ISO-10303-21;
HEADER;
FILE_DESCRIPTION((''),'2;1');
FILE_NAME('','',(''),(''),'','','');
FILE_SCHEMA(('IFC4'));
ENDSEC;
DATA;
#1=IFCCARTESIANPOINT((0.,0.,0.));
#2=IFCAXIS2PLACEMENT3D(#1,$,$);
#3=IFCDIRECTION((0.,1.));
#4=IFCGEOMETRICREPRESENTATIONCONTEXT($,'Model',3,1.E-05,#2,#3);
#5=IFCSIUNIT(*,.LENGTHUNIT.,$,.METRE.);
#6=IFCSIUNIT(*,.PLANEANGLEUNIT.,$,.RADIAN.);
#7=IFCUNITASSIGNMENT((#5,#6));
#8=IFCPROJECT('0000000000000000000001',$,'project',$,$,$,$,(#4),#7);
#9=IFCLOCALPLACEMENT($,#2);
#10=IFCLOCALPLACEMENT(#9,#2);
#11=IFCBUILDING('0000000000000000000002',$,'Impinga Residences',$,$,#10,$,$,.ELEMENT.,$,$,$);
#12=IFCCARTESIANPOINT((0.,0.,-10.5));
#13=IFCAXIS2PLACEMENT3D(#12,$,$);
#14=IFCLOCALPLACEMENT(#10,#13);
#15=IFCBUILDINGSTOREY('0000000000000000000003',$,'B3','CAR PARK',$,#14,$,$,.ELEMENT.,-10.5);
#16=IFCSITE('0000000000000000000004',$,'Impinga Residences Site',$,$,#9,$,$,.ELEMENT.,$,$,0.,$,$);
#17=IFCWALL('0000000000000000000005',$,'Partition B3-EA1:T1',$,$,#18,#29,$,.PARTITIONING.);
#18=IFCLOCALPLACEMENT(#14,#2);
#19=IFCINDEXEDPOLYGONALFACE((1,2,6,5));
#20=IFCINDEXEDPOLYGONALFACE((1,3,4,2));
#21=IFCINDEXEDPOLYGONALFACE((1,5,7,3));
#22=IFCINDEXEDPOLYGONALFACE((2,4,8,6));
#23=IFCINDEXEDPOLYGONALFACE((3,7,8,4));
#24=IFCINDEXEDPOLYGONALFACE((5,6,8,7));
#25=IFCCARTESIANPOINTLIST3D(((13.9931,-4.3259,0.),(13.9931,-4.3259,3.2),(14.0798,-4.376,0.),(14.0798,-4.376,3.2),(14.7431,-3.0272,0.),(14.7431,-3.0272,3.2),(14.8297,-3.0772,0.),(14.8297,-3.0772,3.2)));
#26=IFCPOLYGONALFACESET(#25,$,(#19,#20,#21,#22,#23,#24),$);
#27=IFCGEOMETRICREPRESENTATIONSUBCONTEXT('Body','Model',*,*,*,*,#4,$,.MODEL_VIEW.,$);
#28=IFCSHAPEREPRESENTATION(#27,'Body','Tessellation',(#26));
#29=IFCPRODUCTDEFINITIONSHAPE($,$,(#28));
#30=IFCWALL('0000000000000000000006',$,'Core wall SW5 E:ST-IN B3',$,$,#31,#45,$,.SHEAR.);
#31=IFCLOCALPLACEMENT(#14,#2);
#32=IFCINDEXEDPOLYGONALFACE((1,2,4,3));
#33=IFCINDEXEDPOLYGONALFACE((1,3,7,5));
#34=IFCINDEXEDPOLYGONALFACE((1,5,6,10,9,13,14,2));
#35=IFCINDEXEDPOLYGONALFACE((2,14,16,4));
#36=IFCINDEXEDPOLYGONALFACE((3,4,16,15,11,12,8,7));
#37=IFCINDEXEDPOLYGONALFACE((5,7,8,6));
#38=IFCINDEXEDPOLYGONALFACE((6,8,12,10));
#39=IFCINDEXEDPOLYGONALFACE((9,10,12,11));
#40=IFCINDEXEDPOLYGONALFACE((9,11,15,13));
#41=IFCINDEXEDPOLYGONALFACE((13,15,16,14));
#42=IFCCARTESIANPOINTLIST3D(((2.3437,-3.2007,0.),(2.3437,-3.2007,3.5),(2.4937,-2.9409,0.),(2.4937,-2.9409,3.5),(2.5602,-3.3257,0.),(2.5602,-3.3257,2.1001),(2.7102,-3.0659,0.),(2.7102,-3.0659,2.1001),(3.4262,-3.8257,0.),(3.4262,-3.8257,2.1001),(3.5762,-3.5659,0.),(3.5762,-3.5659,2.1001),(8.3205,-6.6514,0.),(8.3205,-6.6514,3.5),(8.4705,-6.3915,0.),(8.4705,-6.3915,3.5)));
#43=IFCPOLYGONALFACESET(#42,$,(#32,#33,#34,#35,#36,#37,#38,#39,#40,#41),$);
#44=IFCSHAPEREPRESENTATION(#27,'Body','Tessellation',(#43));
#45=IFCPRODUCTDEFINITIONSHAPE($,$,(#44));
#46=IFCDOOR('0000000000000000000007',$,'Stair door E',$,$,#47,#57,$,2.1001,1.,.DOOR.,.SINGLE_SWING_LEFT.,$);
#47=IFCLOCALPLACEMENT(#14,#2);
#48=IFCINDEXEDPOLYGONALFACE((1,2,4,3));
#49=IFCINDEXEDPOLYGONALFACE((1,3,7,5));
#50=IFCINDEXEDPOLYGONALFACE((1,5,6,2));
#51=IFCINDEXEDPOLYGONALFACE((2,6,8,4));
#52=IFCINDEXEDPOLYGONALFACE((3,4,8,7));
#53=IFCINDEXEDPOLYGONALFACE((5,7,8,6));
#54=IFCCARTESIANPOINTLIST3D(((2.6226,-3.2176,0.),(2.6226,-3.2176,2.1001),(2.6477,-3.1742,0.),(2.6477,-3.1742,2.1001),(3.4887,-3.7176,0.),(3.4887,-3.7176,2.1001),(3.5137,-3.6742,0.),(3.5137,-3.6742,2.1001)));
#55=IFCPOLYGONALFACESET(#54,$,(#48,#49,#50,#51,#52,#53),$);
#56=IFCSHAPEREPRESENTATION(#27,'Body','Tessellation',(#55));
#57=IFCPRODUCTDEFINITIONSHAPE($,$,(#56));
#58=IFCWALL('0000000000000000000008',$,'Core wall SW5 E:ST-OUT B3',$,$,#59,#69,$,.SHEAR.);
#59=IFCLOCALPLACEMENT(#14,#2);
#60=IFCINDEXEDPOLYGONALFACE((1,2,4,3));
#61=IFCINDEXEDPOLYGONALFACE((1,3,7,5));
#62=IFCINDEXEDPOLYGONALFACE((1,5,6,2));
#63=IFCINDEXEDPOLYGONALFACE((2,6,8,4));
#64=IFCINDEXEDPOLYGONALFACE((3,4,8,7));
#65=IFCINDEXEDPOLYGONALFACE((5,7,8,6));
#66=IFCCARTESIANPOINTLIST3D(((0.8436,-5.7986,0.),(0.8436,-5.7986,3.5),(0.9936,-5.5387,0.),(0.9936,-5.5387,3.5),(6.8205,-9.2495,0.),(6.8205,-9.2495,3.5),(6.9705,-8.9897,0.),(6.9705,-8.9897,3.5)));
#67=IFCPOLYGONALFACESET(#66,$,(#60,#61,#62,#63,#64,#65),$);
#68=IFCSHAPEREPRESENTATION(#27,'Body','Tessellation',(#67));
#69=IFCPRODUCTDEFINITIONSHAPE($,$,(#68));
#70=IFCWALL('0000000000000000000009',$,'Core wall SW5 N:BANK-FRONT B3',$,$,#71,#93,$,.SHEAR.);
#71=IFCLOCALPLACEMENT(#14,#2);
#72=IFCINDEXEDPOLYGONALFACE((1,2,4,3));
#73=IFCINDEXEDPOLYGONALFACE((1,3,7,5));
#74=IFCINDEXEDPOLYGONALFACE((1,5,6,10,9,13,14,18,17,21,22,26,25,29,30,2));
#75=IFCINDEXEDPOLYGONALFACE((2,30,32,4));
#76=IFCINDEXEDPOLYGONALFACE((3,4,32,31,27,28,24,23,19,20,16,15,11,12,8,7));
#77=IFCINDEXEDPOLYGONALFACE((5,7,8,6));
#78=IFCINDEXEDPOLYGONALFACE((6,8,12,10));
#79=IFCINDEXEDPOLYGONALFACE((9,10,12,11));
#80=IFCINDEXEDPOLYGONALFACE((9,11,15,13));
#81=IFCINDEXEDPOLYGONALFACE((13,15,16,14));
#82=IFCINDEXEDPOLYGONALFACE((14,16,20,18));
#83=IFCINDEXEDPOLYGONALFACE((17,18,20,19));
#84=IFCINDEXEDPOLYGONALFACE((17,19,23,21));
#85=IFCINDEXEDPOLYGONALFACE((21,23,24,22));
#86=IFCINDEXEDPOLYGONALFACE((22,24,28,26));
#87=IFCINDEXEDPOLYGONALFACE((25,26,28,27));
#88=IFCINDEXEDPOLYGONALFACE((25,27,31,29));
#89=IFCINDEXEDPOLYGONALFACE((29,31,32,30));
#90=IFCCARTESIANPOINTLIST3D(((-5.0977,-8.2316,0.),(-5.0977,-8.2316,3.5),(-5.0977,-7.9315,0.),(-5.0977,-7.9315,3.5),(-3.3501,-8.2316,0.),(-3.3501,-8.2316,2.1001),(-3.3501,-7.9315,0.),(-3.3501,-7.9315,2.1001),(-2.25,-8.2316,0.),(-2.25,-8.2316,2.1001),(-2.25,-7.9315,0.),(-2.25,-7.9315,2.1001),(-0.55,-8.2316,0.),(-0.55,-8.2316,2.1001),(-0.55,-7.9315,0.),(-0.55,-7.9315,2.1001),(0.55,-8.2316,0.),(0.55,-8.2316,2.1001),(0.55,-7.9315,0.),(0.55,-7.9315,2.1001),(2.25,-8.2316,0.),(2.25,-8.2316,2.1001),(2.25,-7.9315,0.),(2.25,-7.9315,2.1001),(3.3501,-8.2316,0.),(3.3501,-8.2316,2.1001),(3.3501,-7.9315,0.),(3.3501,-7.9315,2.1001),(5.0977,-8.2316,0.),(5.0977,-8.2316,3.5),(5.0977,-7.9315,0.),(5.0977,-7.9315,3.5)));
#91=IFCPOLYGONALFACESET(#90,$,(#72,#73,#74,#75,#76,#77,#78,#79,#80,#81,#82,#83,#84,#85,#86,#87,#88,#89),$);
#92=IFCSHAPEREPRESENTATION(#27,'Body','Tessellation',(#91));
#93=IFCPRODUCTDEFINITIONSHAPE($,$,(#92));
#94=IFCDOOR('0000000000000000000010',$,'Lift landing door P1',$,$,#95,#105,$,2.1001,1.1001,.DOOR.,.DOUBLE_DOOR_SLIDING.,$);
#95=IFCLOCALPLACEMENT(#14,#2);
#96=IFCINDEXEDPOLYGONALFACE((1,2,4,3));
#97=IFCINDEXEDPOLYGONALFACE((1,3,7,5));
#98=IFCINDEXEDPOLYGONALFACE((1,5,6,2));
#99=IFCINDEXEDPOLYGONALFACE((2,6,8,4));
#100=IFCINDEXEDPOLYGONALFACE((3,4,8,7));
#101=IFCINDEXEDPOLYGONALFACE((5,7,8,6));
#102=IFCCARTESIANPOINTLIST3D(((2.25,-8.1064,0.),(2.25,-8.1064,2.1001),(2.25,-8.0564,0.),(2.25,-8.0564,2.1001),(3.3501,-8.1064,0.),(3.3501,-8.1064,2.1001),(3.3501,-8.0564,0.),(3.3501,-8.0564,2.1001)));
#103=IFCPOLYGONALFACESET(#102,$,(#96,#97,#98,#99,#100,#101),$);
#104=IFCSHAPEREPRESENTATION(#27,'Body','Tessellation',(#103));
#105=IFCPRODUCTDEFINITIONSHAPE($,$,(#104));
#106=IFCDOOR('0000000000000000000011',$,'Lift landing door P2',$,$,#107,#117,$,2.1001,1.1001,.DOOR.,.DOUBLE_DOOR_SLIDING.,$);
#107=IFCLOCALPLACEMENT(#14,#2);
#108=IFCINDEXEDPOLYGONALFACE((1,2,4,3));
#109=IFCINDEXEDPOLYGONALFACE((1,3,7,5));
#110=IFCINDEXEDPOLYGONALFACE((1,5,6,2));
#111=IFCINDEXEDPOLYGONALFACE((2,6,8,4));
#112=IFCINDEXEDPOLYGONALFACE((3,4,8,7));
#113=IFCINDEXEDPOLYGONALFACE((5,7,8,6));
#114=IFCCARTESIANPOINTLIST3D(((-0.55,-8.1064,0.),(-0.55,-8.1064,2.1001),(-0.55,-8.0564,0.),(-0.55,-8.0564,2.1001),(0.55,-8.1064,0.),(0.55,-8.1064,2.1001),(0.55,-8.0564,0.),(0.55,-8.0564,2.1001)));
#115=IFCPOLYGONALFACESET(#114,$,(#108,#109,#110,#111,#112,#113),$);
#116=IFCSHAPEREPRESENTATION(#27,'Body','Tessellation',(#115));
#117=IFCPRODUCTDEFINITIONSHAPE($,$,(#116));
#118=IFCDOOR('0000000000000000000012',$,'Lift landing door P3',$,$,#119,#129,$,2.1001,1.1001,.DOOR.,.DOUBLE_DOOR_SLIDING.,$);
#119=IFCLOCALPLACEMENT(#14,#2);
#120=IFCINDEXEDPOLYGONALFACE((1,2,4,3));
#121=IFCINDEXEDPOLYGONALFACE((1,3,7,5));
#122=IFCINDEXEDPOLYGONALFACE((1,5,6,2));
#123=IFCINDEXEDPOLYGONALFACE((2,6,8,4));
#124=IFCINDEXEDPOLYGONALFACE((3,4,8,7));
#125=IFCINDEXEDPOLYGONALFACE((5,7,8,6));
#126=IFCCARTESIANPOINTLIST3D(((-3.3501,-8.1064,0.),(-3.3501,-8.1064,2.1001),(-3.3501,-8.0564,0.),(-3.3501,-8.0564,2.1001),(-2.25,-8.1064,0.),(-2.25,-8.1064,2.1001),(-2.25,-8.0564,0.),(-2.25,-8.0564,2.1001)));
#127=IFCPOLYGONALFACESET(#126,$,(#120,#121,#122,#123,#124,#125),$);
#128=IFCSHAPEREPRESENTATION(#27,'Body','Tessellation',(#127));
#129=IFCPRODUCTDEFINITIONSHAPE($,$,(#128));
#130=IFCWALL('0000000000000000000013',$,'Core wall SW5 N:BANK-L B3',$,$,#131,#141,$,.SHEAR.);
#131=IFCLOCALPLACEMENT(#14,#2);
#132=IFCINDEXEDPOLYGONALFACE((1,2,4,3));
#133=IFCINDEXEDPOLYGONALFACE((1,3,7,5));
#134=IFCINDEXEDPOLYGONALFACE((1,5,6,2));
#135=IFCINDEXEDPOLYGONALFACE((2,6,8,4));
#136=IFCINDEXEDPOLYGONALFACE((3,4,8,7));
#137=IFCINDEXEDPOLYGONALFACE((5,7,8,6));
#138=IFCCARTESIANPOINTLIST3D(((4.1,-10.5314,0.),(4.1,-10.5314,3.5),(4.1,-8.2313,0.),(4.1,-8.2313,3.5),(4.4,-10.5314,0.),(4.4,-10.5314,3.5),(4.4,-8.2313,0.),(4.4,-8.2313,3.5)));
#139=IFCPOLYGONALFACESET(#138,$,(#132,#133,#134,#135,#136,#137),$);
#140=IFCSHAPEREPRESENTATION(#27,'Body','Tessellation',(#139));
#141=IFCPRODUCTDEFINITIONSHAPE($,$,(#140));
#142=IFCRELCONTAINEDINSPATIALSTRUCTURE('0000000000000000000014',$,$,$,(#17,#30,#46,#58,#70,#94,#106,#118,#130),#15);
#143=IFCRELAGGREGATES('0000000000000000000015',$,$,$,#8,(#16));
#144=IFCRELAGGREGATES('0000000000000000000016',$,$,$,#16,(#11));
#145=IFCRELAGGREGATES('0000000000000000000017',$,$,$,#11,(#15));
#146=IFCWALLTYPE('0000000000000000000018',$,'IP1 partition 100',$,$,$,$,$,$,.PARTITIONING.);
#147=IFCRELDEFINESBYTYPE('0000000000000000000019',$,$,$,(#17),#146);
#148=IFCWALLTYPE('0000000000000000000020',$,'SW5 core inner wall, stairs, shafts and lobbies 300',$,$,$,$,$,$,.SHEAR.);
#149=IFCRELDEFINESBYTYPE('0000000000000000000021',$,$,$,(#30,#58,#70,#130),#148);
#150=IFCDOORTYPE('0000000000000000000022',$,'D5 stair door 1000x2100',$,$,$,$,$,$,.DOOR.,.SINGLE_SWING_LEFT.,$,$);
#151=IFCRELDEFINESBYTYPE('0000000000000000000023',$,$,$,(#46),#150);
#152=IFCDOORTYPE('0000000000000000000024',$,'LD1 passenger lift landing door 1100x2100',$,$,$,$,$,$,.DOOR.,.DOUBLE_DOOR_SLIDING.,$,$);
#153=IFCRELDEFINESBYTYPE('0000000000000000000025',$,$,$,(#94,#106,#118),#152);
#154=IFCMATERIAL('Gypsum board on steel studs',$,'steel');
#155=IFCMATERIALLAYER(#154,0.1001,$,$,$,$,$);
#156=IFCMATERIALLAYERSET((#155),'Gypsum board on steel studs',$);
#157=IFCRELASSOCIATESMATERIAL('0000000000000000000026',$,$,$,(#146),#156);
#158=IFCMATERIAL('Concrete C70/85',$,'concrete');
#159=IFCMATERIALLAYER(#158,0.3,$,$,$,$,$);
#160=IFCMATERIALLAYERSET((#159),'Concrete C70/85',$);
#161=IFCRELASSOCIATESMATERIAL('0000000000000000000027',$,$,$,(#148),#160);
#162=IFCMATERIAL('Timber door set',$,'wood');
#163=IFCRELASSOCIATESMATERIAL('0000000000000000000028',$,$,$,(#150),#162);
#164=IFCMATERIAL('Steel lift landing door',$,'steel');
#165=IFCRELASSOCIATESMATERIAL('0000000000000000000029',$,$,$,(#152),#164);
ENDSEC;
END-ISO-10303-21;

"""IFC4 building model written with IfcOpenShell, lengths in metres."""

from ifc_helpers import new_model, si_unit, direction, frame, frame_2d, origin, place, context, subcontext, project, spatial, rectangle, extrude, material, layer, layer_set, type_object, element, fill, save


model = new_model("IFC4")

# Units and contexts
model_context = context("Model", 3, precision=1e-05, world=origin(), true_north=direction((0.0, 1.0)))
body_context = subcontext(model_context, "Body", "Model", "MODEL_VIEW")
ifc_project = project(units=[si_unit("LENGTHUNIT", "METRE"), si_unit("PLANEANGLEUNIT", "RADIAN")], contexts=[model_context])

# Site, building, storey
site_placement = place(None, origin())
site = spatial("IfcSite", under=ifc_project, at=site_placement, Name="Impinga Residences Site", CompositionType="ELEMENT", RefElevation=0.0)
building_placement = place(site_placement, origin())
building = spatial("IfcBuilding", under=site, at=building_placement, Name="Impinga Residences", CompositionType="ELEMENT")
storey_placement = place(building_placement, frame((0.0, 0.0, -10.5)))
storey = spatial("IfcBuildingStorey", under=building, at=storey_placement, Name="B3", Description="CAR PARK", CompositionType="ELEMENT", Elevation=-10.5)

# Shared definitions
ifc_material_1 = material(Name="Concrete C70/85", Category="concrete")
ifc_material_2 = material(Name="Timber door set", Category="wood")

# Wall
ifc_material_3 = material(Name="Gypsum board on steel studs", Category="steel")
ifc_layer_1 = layer(ifc_material_3, 0.1001)
ifc_layer_set_1 = layer_set([ifc_layer_1], Name="Gypsum board on steel studs")
wall_type_1 = type_object("IfcWallType", Name="IP1 partition 100", PredefinedType="PARTITIONING", material=ifc_layer_set_1)
wall_1_placement = place(storey_placement, frame((14.0364, -4.3511, 0.0), z_axis=(0.0, 0.0, 1.0), x_axis=(0.500061, 0.86599, 0.0)))
element("IfcWall", 1, at=wall_1_placement, inside=storey, type_object=wall_type_1, Name="Partition B3-EA1:T1", PredefinedType="PARTITIONING", context=body_context, shape_type="SweptSolid", body=[
    extrude(rectangle(XDim=1.4998, YDim=0.1001, at=frame_2d((0.75, 0.0))), origin(), (0.0, 0.0, 1.0), 3.2),
])

# Wall, opening, door
ifc_layer_2 = layer(ifc_material_1, 0.3)
ifc_layer_set_2 = layer_set([ifc_layer_2], Name="Concrete C70/85")
wall_type_2 = type_object("IfcWallType", Name="SW5 core inner wall, stairs, shafts and lobbies 300", PredefinedType="SHEAR", material=ifc_layer_set_2)
wall_2_placement = place(storey_placement, frame((2.4187, -3.0708, 0.0), z_axis=(0.0, 0.0, 1.0), x_axis=(0.866027, -0.499997, 0.0)))
wall_2 = element("IfcWall", 2, at=wall_2_placement, inside=storey, type_object=wall_type_2, Name="Core wall SW5 E:ST-IN B3", PredefinedType="SHEAR", context=body_context, shape_type="SweptSolid", body=[
    extrude(rectangle(XDim=6.9014, YDim=0.3, at=frame_2d((3.4507, 0.0))), origin(), (0.0, 0.0, 1.0), 3.5),
])
opening_1_placement = place(wall_2_placement, frame((0.25, 0.0, 0.0)))
opening_1 = element("IfcOpeningElement", 3, at=opening_1_placement, cuts=wall_2, PredefinedType="OPENING", context=body_context, shape_type="SweptSolid", body=[
    extrude(rectangle(XDim=1.0, YDim=2.1001, at=frame_2d((0.5, 1.05))), frame((0.0, 0.1599, 0.0), z_axis=(0.0, -1.0, 0.0), x_axis=(1.0, 0.0, 0.0)), (0.0, 0.0, 1.0), 0.3201),
])
door_type_1 = type_object("IfcDoorType", Name="D5 stair door 1000x2100", OperationType="SINGLE_SWING_LEFT", PredefinedType="DOOR", material=ifc_material_2)
door_1_placement = place(opening_1_placement, origin())
door_1 = element("IfcDoor", 4, at=door_1_placement, inside=storey, type_object=door_type_1, Name="Stair door E", OperationType="SINGLE_SWING_LEFT", OverallHeight=2.1001, OverallWidth=1.0, PredefinedType="DOOR", context=body_context, shape_type="SweptSolid", body=[
    extrude(rectangle(XDim=1.0, YDim=2.1001, at=frame_2d((0.5, 1.05))), frame((0.0, 0.0249, 0.0), z_axis=(0.0, -1.0, 0.0), x_axis=(1.0, 0.0, 0.0)), (0.0, 0.0, 1.0), 0.05),
])
fill(opening_1, door_1)

# Wall
wall_3_placement = place(storey_placement, frame((0.9187, -5.6687, 0.0), z_axis=(0.0, 0.0, 1.0), x_axis=(0.866012, -0.500024, 0.0)))
element("IfcWall", 5, at=wall_3_placement, inside=storey, type_object=wall_type_2, Name="Core wall SW5 E:ST-OUT B3", PredefinedType="SHEAR", context=body_context, shape_type="SweptSolid", body=[
    extrude(rectangle(XDim=6.9016, YDim=0.3, at=frame_2d((3.4507, 0.0))), origin(), (0.0, 0.0, 1.0), 3.5),
])

# Wall, openings, doors
wall_4_placement = place(storey_placement, frame((5.0977, -8.0815, 0.0), z_axis=(0.0, 0.0, 1.0), x_axis=(-1.0, 0.0, 0.0)))
wall_4 = element("IfcWall", 6, at=wall_4_placement, inside=storey, type_object=wall_type_2, Name="Core wall SW5 N:BANK-FRONT B3", PredefinedType="SHEAR", context=body_context, shape_type="SweptSolid", body=[
    extrude(rectangle(XDim=10.1953, YDim=0.3, at=frame_2d((5.0977, 0.0))), origin(), (0.0, 0.0, 1.0), 3.5),
])
opening_2_placement = place(wall_4_placement, frame((1.7476, 0.0, 0.0)))
opening_2 = element("IfcOpeningElement", 7, at=opening_2_placement, cuts=wall_4, PredefinedType="OPENING", context=body_context, shape_type="SweptSolid", body=[
    extrude(rectangle(XDim=1.1001, YDim=2.1001, at=frame_2d((0.55, 1.05))), frame((0.0, 0.1599, 0.0), z_axis=(0.0, -1.0, 0.0), x_axis=(1.0, 0.0, 0.0)), (0.0, 0.0, 1.0), 0.3201),
])
opening_3_placement = place(wall_4_placement, frame((4.5476, 0.0, 0.0)))
opening_3 = element("IfcOpeningElement", 8, at=opening_3_placement, cuts=wall_4, PredefinedType="OPENING", context=body_context, shape_type="SweptSolid", body=[
    extrude(rectangle(XDim=1.1001, YDim=2.1001, at=frame_2d((0.55, 1.05))), frame((0.0, 0.1599, 0.0), z_axis=(0.0, -1.0, 0.0), x_axis=(1.0, 0.0, 0.0)), (0.0, 0.0, 1.0), 0.3201),
])
opening_4_placement = place(wall_4_placement, frame((7.3477, 0.0, 0.0)))
opening_4 = element("IfcOpeningElement", 9, at=opening_4_placement, cuts=wall_4, PredefinedType="OPENING", context=body_context, shape_type="SweptSolid", body=[
    extrude(rectangle(XDim=1.1001, YDim=2.1001, at=frame_2d((0.55, 1.05))), frame((0.0, 0.1599, 0.0), z_axis=(0.0, -1.0, 0.0), x_axis=(1.0, 0.0, 0.0)), (0.0, 0.0, 1.0), 0.3201),
])
ifc_material_4 = material(Name="Steel lift landing door", Category="steel")
door_type_2 = type_object("IfcDoorType", Name="LD1 passenger lift landing door 1100x2100", OperationType="DOUBLE_DOOR_SLIDING", PredefinedType="DOOR", material=ifc_material_4)
door_2_placement = place(opening_2_placement, origin())
door_2 = element("IfcDoor", 10, at=door_2_placement, inside=storey, type_object=door_type_2, Name="Lift landing door P1", OperationType="DOUBLE_DOOR_SLIDING", OverallHeight=2.1001, OverallWidth=1.1001, PredefinedType="DOOR", context=body_context, shape_type="SweptSolid", body=[
    extrude(rectangle(XDim=1.1001, YDim=2.1001, at=frame_2d((0.55, 1.05))), frame((0.0, 0.0249, 0.0), z_axis=(0.0, -1.0, 0.0), x_axis=(1.0, 0.0, 0.0)), (0.0, 0.0, 1.0), 0.05),
])
fill(opening_2, door_2)
door_3_placement = place(opening_3_placement, origin())
door_3 = element("IfcDoor", 11, at=door_3_placement, inside=storey, type_object=door_type_2, Name="Lift landing door P2", OperationType="DOUBLE_DOOR_SLIDING", OverallHeight=2.1001, OverallWidth=1.1001, PredefinedType="DOOR", context=body_context, shape_type="SweptSolid", body=[
    extrude(rectangle(XDim=1.1001, YDim=2.1001, at=frame_2d((0.55, 1.05))), frame((0.0, 0.0249, 0.0), z_axis=(0.0, -1.0, 0.0), x_axis=(1.0, 0.0, 0.0)), (0.0, 0.0, 1.0), 0.05),
])
fill(opening_3, door_3)
door_4_placement = place(opening_4_placement, origin())
door_4 = element("IfcDoor", 12, at=door_4_placement, inside=storey, type_object=door_type_2, Name="Lift landing door P3", OperationType="DOUBLE_DOOR_SLIDING", OverallHeight=2.1001, OverallWidth=1.1001, PredefinedType="DOOR", context=body_context, shape_type="SweptSolid", body=[
    extrude(rectangle(XDim=1.1001, YDim=2.1001, at=frame_2d((0.55, 1.05))), frame((0.0, 0.0249, 0.0), z_axis=(0.0, -1.0, 0.0), x_axis=(1.0, 0.0, 0.0)), (0.0, 0.0, 1.0), 0.05),
])
fill(opening_4, door_4)

# Wall
wall_5_placement = place(storey_placement, frame((4.25, -8.2314, 0.0), z_axis=(0.0, 0.0, 1.0), x_axis=(0.0, -1.0, 0.0)))
element("IfcWall", 13, at=wall_5_placement, inside=storey, type_object=wall_type_2, Name="Core wall SW5 N:BANK-L B3", PredefinedType="SHEAR", context=body_context, shape_type="SweptSolid", body=[
    extrude(rectangle(XDim=2.3, YDim=0.3, at=frame_2d((1.1499, 0.0))), origin(), (0.0, 0.0, 1.0), 3.5),
])

save(model, "model.ifc")
